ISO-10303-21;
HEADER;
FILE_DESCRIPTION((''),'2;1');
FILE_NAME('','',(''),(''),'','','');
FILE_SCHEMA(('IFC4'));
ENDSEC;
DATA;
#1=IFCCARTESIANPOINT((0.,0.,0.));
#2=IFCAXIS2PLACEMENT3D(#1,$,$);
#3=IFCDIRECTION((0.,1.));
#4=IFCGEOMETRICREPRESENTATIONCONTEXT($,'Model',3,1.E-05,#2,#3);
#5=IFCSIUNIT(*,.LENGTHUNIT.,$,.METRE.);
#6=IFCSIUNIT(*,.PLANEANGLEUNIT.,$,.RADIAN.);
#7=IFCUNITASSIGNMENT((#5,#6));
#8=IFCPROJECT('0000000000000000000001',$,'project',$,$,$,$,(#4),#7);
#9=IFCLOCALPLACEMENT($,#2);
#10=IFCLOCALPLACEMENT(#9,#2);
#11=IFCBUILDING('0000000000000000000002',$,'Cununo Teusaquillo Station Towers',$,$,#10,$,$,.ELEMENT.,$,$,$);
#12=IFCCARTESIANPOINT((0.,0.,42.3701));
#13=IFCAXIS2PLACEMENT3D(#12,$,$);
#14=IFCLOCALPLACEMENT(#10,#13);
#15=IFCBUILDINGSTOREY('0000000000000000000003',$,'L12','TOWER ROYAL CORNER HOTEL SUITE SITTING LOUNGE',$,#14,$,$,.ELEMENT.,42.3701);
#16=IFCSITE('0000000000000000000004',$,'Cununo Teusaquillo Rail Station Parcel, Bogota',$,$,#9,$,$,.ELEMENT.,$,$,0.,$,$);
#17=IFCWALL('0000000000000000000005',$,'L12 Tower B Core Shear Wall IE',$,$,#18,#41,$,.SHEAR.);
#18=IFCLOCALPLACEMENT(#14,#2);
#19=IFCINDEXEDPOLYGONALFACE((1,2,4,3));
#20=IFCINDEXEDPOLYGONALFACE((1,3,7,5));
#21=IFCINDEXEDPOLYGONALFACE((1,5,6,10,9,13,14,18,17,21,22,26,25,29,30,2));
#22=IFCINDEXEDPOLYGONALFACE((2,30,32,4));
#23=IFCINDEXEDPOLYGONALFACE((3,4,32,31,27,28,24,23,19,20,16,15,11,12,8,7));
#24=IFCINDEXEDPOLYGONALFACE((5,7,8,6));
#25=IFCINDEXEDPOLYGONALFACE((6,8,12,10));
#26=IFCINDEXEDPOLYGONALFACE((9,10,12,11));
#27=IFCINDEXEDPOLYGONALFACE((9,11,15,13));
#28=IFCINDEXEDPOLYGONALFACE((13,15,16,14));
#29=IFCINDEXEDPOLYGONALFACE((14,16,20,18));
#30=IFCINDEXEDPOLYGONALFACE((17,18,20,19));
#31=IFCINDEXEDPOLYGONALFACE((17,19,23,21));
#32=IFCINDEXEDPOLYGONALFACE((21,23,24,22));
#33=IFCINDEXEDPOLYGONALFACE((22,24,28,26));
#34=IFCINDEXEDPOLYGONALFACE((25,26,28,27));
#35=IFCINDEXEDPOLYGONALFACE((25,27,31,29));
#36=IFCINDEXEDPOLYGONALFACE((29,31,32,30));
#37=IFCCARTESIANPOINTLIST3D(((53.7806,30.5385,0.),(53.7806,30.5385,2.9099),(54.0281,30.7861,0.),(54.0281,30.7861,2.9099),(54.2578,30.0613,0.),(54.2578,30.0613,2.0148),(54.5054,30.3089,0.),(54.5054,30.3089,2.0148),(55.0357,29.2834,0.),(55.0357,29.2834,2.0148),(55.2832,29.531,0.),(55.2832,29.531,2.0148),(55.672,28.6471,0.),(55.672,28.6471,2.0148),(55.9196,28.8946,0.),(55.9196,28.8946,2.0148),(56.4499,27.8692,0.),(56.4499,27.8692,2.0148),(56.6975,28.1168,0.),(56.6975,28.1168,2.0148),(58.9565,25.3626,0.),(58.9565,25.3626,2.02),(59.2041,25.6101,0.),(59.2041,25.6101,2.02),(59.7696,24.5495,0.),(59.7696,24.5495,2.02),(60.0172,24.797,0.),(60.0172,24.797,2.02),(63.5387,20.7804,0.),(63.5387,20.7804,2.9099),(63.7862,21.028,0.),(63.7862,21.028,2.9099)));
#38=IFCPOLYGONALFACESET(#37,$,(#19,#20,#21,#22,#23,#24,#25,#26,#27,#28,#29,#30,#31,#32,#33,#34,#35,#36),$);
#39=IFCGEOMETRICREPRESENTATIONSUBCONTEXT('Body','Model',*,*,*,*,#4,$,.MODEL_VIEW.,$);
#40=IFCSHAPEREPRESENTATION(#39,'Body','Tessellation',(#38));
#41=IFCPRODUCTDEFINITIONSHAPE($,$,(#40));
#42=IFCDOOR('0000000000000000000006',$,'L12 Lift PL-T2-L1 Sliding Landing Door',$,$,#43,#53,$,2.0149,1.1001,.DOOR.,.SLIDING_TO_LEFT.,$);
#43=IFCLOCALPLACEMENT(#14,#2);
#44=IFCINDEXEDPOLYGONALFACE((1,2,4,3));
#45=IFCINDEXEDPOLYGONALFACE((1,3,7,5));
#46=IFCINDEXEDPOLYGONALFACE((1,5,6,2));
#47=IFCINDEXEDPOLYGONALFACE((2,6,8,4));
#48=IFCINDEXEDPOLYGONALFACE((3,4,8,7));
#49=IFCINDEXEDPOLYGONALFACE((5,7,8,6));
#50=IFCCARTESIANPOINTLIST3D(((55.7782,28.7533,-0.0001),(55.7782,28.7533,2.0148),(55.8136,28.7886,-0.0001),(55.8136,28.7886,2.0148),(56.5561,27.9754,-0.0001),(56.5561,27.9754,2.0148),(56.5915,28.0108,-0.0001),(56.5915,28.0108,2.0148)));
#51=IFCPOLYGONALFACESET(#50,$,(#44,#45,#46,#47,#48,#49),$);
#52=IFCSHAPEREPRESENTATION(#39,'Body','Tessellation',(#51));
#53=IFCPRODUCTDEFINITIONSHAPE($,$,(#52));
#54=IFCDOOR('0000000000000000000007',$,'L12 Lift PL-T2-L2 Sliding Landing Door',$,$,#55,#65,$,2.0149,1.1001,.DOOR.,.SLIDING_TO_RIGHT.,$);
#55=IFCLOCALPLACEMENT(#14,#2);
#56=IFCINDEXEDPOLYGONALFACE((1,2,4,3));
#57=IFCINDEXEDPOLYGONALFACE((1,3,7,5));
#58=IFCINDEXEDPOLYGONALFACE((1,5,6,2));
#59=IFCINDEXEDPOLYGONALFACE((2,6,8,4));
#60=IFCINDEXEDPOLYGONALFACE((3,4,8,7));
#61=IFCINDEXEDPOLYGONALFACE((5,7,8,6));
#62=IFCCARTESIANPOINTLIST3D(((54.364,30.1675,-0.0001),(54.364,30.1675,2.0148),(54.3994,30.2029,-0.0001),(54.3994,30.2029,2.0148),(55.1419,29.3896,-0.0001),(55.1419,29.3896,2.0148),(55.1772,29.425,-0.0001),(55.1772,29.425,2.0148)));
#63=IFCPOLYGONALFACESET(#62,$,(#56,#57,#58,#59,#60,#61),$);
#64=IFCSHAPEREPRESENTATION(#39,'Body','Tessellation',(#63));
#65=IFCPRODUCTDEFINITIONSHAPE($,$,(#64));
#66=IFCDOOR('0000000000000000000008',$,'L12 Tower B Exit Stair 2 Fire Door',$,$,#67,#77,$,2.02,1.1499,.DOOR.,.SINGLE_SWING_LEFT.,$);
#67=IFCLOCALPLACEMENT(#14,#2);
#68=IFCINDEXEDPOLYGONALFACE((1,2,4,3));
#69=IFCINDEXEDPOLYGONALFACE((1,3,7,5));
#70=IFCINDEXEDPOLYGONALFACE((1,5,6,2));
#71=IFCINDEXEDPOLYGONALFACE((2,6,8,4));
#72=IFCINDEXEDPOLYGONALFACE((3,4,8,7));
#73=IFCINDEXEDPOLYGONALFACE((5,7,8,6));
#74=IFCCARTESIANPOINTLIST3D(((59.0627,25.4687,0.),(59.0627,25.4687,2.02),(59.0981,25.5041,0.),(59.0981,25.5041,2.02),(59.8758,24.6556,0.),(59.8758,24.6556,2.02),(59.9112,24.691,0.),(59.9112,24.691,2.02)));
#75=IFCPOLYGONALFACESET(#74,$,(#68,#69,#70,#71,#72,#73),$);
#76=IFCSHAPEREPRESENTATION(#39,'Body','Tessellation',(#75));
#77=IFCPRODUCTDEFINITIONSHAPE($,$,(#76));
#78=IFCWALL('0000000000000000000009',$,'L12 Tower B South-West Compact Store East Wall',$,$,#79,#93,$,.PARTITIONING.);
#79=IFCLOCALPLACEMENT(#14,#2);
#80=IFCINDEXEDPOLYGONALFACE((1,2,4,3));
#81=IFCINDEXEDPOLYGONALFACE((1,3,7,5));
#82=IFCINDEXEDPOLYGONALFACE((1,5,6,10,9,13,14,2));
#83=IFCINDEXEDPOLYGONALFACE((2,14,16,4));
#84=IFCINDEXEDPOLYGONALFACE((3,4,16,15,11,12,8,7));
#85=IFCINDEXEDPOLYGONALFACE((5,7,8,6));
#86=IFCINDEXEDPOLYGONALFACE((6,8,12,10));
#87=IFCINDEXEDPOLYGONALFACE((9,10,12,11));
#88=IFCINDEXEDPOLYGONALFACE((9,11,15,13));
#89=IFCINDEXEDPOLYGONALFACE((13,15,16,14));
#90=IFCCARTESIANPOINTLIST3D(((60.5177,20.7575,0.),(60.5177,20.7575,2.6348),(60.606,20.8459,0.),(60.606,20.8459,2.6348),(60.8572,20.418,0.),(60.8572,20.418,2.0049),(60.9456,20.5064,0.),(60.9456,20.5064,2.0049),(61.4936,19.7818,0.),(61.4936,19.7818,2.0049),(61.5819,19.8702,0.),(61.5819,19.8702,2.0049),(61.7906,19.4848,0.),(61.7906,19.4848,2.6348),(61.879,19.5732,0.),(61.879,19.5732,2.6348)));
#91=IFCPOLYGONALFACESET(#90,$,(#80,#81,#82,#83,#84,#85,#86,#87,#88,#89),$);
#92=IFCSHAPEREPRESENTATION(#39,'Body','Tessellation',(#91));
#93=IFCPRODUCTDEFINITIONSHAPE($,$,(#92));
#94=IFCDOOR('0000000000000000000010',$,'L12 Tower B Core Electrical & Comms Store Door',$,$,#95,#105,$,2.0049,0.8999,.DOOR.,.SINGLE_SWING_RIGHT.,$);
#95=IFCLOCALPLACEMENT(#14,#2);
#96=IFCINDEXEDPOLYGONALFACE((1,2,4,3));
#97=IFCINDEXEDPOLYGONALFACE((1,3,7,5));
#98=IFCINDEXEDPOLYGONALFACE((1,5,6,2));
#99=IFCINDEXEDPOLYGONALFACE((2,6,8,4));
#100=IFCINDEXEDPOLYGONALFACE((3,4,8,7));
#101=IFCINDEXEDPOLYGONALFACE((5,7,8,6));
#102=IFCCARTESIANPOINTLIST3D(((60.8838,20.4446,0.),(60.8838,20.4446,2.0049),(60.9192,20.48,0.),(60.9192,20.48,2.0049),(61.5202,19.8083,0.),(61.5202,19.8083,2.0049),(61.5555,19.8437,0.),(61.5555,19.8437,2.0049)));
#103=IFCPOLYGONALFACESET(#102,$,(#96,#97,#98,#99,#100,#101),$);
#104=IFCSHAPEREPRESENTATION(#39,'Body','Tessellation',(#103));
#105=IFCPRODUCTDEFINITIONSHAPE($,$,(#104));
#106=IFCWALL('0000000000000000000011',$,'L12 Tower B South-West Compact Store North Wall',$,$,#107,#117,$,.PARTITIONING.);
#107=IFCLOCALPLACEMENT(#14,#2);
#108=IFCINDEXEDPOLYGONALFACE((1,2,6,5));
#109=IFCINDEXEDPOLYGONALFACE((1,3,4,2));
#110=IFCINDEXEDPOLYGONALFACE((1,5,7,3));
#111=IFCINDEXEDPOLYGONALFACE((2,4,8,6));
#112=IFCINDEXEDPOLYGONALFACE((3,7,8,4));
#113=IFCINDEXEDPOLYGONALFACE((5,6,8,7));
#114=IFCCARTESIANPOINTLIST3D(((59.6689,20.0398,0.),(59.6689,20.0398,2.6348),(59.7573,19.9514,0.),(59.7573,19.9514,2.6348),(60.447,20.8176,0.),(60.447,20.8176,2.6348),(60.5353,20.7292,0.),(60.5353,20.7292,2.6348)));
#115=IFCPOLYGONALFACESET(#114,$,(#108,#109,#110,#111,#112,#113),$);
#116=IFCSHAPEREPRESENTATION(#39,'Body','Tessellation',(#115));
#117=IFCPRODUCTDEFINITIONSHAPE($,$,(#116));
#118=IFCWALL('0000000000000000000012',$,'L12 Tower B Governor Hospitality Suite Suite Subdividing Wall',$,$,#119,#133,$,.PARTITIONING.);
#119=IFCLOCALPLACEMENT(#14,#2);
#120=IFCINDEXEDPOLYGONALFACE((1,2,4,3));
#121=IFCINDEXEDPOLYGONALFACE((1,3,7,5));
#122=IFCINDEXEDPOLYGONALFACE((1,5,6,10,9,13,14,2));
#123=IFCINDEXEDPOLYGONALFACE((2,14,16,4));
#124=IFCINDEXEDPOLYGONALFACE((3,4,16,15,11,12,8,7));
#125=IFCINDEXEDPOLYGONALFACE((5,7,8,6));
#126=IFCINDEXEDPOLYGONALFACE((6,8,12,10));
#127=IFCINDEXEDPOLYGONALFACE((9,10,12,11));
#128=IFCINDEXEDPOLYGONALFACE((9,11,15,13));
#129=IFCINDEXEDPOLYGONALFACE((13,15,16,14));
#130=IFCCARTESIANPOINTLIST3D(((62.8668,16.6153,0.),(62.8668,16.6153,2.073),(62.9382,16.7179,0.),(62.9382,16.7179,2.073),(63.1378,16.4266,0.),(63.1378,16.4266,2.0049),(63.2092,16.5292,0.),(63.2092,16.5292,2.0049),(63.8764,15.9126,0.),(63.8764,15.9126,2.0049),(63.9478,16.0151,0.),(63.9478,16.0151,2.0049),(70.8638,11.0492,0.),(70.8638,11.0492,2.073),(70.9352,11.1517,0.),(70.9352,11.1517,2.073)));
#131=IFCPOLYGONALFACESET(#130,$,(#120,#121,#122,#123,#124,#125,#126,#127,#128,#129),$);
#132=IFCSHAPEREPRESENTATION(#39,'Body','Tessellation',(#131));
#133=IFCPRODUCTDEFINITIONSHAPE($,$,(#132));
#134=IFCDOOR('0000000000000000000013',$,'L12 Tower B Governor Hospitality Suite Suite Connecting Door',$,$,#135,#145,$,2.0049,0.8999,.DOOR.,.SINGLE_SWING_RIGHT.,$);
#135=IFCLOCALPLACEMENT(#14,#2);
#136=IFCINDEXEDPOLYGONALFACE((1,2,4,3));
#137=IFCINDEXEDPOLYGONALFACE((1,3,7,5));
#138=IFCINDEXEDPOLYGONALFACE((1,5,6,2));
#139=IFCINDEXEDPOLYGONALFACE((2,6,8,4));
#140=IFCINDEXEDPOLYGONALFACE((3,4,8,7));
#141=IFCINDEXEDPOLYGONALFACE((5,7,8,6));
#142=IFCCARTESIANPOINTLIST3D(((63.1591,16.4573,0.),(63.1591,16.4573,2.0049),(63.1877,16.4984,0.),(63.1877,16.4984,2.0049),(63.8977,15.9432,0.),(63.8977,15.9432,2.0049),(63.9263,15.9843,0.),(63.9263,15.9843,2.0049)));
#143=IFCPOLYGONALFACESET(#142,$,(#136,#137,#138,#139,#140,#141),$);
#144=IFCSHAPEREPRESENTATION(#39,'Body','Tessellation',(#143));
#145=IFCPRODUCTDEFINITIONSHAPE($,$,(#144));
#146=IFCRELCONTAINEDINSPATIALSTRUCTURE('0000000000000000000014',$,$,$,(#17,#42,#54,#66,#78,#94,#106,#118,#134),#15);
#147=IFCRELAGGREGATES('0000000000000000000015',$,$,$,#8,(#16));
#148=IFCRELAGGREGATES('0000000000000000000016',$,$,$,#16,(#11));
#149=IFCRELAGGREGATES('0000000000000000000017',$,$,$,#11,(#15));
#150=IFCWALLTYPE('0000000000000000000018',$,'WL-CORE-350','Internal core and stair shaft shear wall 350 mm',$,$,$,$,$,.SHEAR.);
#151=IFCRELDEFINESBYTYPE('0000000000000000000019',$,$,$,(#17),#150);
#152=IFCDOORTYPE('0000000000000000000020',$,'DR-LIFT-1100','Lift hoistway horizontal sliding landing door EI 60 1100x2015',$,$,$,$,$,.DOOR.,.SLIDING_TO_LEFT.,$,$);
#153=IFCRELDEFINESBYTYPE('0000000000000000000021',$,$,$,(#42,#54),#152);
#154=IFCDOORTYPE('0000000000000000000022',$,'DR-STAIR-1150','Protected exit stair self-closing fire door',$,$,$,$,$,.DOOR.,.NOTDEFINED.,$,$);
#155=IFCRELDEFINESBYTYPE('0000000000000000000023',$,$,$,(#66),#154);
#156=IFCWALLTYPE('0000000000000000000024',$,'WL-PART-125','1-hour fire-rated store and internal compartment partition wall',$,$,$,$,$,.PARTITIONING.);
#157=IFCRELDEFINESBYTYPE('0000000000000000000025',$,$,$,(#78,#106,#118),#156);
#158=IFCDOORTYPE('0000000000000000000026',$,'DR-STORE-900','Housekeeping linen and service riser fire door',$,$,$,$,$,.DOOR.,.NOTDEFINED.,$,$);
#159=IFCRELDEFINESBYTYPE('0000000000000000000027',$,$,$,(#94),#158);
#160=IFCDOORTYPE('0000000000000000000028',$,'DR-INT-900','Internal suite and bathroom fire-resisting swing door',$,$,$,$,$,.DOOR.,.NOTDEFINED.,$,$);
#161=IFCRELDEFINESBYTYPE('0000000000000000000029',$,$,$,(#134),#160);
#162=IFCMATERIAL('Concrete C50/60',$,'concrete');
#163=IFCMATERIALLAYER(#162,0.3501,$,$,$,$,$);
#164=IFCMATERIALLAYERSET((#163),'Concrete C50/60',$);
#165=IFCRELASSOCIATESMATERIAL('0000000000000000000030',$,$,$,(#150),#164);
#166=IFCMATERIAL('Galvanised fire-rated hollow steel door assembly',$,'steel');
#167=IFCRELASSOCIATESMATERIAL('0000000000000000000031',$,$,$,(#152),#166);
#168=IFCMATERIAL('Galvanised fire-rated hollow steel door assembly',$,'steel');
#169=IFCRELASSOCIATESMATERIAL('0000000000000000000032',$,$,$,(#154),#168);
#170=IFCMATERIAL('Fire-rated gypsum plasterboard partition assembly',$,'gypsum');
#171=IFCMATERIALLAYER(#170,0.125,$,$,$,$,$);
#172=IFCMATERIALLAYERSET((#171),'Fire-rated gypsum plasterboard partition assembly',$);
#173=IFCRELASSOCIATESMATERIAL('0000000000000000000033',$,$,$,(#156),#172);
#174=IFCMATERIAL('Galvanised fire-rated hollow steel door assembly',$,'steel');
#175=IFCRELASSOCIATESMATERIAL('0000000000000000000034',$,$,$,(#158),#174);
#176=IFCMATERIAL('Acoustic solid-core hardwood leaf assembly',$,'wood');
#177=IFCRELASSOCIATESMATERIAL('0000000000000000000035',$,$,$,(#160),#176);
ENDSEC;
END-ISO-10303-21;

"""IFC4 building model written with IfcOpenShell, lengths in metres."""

from ifc_helpers import new_model, si_unit, direction, frame, frame_2d, origin, place, context, subcontext, project, spatial, rectangle, extrude, source, transform, mapped, material, layer, layer_set, type_object, element, fill, save


model = new_model("IFC4")

# Units and contexts
model_context = context("Model", 3, precision=1e-05, world=origin(), true_north=direction((0.0, 1.0)))
body_context = subcontext(model_context, "Body", "Model", "MODEL_VIEW")
ifc_project = project(units=[si_unit("LENGTHUNIT", "METRE"), si_unit("PLANEANGLEUNIT", "RADIAN")], contexts=[model_context])

# Site, building, storey
site_placement = place(None, origin())
site = spatial("IfcSite", under=ifc_project, at=site_placement, Name="Cununo Teusaquillo Rail Station Parcel, Bogota", CompositionType="ELEMENT", RefElevation=0.0)
building_placement = place(site_placement, origin())
building = spatial("IfcBuilding", under=site, at=building_placement, Name="Cununo Teusaquillo Station Towers", CompositionType="ELEMENT")
storey_placement = place(building_placement, frame((0.0, 0.0, 42.3701)))
storey = spatial("IfcBuildingStorey", under=building, at=storey_placement, Name="L12", Description="TOWER ROYAL CORNER HOTEL SUITE SITTING LOUNGE", CompositionType="ELEMENT", Elevation=42.3701)

# Wall, openings, doors
ifc_material_1 = material(Name="Concrete C50/60", Category="concrete")
ifc_layer_1 = layer(ifc_material_1, 0.3501)
ifc_layer_set_1 = layer_set([ifc_layer_1], Name="Concrete C50/60")
wall_type_1 = type_object("IfcWallType", Name="WL-CORE-350", Description="Internal core and stair shaft shear wall 350 mm", PredefinedType="SHEAR", material=ifc_layer_set_1)
shared_shape_1 = source(origin(), body_context, "Body", "SweptSolid", [
    extrude(rectangle(XDim=1.1001, YDim=2.0149, at=frame_2d((0.55, 1.0073))), frame((0.0, 0.1851, 0.0), z_axis=(0.0, -1.0, 0.0), x_axis=(1.0, 0.0, 0.0)), (0.0, 0.0, 1.0), 0.3701),
])
shared_shape_2 = source(origin(), body_context, "Body", "SweptSolid", [
    extrude(rectangle(XDim=1.1499, YDim=2.02, at=frame_2d((0.575, 1.01))), frame((0.0, 0.1851, 0.0), z_axis=(0.0, -1.0, 0.0), x_axis=(1.0, 0.0, 0.0)), (0.0, 0.0, 1.0), 0.3701),
])
ifc_material_2 = material(Name="Galvanised fire-rated hollow steel door assembly", Category="steel")
door_type_1 = type_object("IfcDoorType", Name="DR-LIFT-1100", Description="Lift hoistway horizontal sliding landing door EI 60 1100x2015", OperationType="SLIDING_TO_LEFT", PredefinedType="DOOR", material=ifc_material_2)
shared_shape_3 = source(origin(), body_context, "Body", "SweptSolid", [
    extrude(rectangle(XDim=1.1001, YDim=2.0149, at=frame_2d((0.55, 1.0073))), frame((0.0, 0.0249, 0.0), z_axis=(0.0, -1.0, 0.0), x_axis=(1.0, 0.0, 0.0)), (0.0, 0.0, 1.0), 0.05),
])
ifc_material_3 = material(Name="Galvanised fire-rated hollow steel door assembly", Category="steel")
door_type_2 = type_object("IfcDoorType", Name="DR-STAIR-1150", Description="Protected exit stair self-closing fire door", OperationType="NOTDEFINED", PredefinedType="DOOR", material=ifc_material_3)
shared_shape_4 = source(origin(), body_context, "Body", "SweptSolid", [
    extrude(rectangle(XDim=1.1499, YDim=2.02, at=frame_2d((0.575, 1.01))), frame((0.0, 0.0249, 0.0), z_axis=(0.0, -1.0, 0.0), x_axis=(1.0, 0.0, 0.0)), (0.0, 0.0, 1.0), 0.05),
])
wall_1_placement = place(storey_placement, frame((63.6624, 20.9043, 0.0), z_axis=(0.0, 0.0, 1.0), x_axis=(-0.707107, 0.707107, 0.0)))
wall_1 = element("IfcWall", 1, at=wall_1_placement, inside=storey, type_object=wall_type_1, Name="L12 Tower B Core Shear Wall IE", PredefinedType="SHEAR", context=body_context, shape_type="SweptSolid", body=[
    extrude(rectangle(XDim=13.8, YDim=0.3501, at=frame_2d((6.8999, 0.0))), origin(), (0.0, 0.0, 1.0), 2.9099),
])
opening_1_placement = place(wall_1_placement, frame((10.0249, 0.0, 0.0)))
opening_1 = element("IfcOpeningElement", 2, at=opening_1_placement, cuts=wall_1, PredefinedType="OPENING", context=body_context, shape_type="MappedRepresentation", body=[
    mapped(shared_shape_1, transform((0.0, 0.0, 0.0), x_axis=(1.0, 0.0, 0.0), y_axis=(0.0, 1.0, 0.0), z_axis=(0.0, 0.0, 1.0), scale=1.0)),
])
opening_2_placement = place(wall_1_placement, frame((12.0249, 0.0, 0.0)))
opening_2 = element("IfcOpeningElement", 3, at=opening_2_placement, cuts=wall_1, PredefinedType="OPENING", context=body_context, shape_type="MappedRepresentation", body=[
    mapped(shared_shape_1, transform((0.0, 0.0, 0.0), x_axis=(1.0, 0.0, 0.0), y_axis=(0.0, 1.0, 0.0), z_axis=(0.0, 0.0, 1.0), scale=1.0)),
])
opening_3_placement = place(wall_1_placement, frame((5.3301, 0.0, 0.0)))
opening_3 = element("IfcOpeningElement", 4, at=opening_3_placement, cuts=wall_1, PredefinedType="OPENING", context=body_context, shape_type="MappedRepresentation", body=[
    mapped(shared_shape_2, transform((0.0, 0.0, 0.0), x_axis=(1.0, 0.0, 0.0), y_axis=(0.0, 1.0, 0.0), z_axis=(0.0, 0.0, 1.0), scale=1.0)),
])
door_1_placement = place(opening_1_placement, origin())
door_1 = element("IfcDoor", 5, at=door_1_placement, inside=storey, type_object=door_type_1, Name="L12 Lift PL-T2-L1 Sliding Landing Door", OperationType="SLIDING_TO_LEFT", OverallHeight=2.0149, OverallWidth=1.1001, PredefinedType="DOOR", context=body_context, shape_type="MappedRepresentation", body=[
    mapped(shared_shape_3, transform((0.0, 0.0, 0.0), x_axis=(1.0, 0.0, 0.0), y_axis=(0.0, 1.0, 0.0), z_axis=(0.0, 0.0, 1.0), scale=1.0)),
])
fill(opening_1, door_1)
door_2_placement = place(opening_2_placement, origin())
door_2 = element("IfcDoor", 6, at=door_2_placement, inside=storey, type_object=door_type_1, Name="L12 Lift PL-T2-L2 Sliding Landing Door", OperationType="SLIDING_TO_RIGHT", OverallHeight=2.0149, OverallWidth=1.1001, PredefinedType="DOOR", context=body_context, shape_type="MappedRepresentation", body=[
    mapped(shared_shape_3, transform((0.0, 0.0, 0.0), x_axis=(1.0, 0.0, 0.0), y_axis=(0.0, 1.0, 0.0), z_axis=(0.0, 0.0, 1.0), scale=1.0)),
])
fill(opening_2, door_2)
door_3_placement = place(opening_3_placement, origin())
door_3 = element("IfcDoor", 7, at=door_3_placement, inside=storey, type_object=door_type_2, Name="L12 Tower B Exit Stair 2 Fire Door", OperationType="SINGLE_SWING_LEFT", OverallHeight=2.02, OverallWidth=1.1499, PredefinedType="DOOR", context=body_context, shape_type="MappedRepresentation", body=[
    mapped(shared_shape_4, transform((0.0, 0.0, 0.0), x_axis=(1.0, 0.0, 0.0), y_axis=(0.0, 1.0, 0.0), z_axis=(0.0, 0.0, 1.0), scale=1.0)),
])
fill(opening_3, door_3)

# Wall, opening, door
ifc_material_4 = material(Name="Fire-rated gypsum plasterboard partition assembly", Category="gypsum")
ifc_layer_2 = layer(ifc_material_4, 0.125)
ifc_layer_set_2 = layer_set([ifc_layer_2], Name="Fire-rated gypsum plasterboard partition assembly")
wall_type_2 = type_object("IfcWallType", Name="WL-PART-125", Description="1-hour fire-rated store and internal compartment partition wall", PredefinedType="PARTITIONING", material=ifc_layer_set_2)
wall_2_placement = place(storey_placement, frame((61.8347, 19.5291, 0.0), z_axis=(0.0, 0.0, 1.0), x_axis=(-0.707175, 0.707039, 0.0)))
wall_2 = element("IfcWall", 8, at=wall_2_placement, inside=storey, type_object=wall_type_2, Name="L12 Tower B South-West Compact Store East Wall", PredefinedType="PARTITIONING", context=body_context, shape_type="SweptSolid", body=[
    extrude(rectangle(XDim=1.8, YDim=0.125, at=frame_2d((0.8999, 0.0))), origin(), (0.0, 0.0, 1.0), 2.6348),
])
shared_shape_5 = source(origin(), body_context, "Body", "SweptSolid", [
    extrude(rectangle(XDim=0.8999, YDim=2.0049, at=frame_2d((0.45, 1.0024))), frame((0.0, 0.0725, 0.0), z_axis=(0.0, -1.0, 0.0), x_axis=(1.0, 0.0, 0.0)), (0.0, 0.0, 1.0), 0.145),
])
opening_4_placement = place(wall_2_placement, frame((0.4199, 0.0, 0.0)))
opening_4 = element("IfcOpeningElement", 9, at=opening_4_placement, cuts=wall_2, PredefinedType="OPENING", context=body_context, shape_type="MappedRepresentation", body=[
    mapped(shared_shape_5, transform((0.0, 0.0, 0.0), x_axis=(1.0, 0.0, 0.0), y_axis=(0.0, 1.0, 0.0), z_axis=(0.0, 0.0, 1.0), scale=1.0)),
])
ifc_material_5 = material(Name="Galvanised fire-rated hollow steel door assembly", Category="steel")
door_type_3 = type_object("IfcDoorType", Name="DR-STORE-900", Description="Housekeeping linen and service riser fire door", OperationType="NOTDEFINED", PredefinedType="DOOR", material=ifc_material_5)
shared_shape_6 = source(origin(), body_context, "Body", "SweptSolid", [
    extrude(rectangle(XDim=0.8999, YDim=2.0049, at=frame_2d((0.45, 1.0024))), frame((0.0, 0.0249, 0.0), z_axis=(0.0, -1.0, 0.0), x_axis=(1.0, 0.0, 0.0)), (0.0, 0.0, 1.0), 0.05),
])
door_4_placement = place(opening_4_placement, origin())
door_4 = element("IfcDoor", 10, at=door_4_placement, inside=storey, type_object=door_type_3, Name="L12 Tower B Core Electrical & Comms Store Door", OperationType="SINGLE_SWING_RIGHT", OverallHeight=2.0049, OverallWidth=0.8999, PredefinedType="DOOR", context=body_context, shape_type="MappedRepresentation", body=[
    mapped(shared_shape_6, transform((0.0, 0.0, 0.0), x_axis=(1.0, 0.0, 0.0), y_axis=(0.0, 1.0, 0.0), z_axis=(0.0, 0.0, 1.0), scale=1.0)),
])
fill(opening_4, door_4)

# Wall
wall_3_placement = place(storey_placement, frame((59.7131, 19.9956, 0.0), z_axis=(0.0, 0.0, 1.0), x_axis=(0.707218, 0.706996, 0.0)))
element("IfcWall", 11, at=wall_3_placement, inside=storey, type_object=wall_type_2, Name="L12 Tower B South-West Compact Store North Wall", PredefinedType="PARTITIONING", context=body_context, shape_type="SweptSolid", body=[
    extrude(rectangle(XDim=1.1001, YDim=0.125, at=frame_2d((0.55, 0.0))), origin(), (0.0, 0.0, 1.0), 2.6348),
])

# Wall, opening, door
wall_4_placement = place(storey_placement, frame((62.9026, 16.6665, 0.0), z_axis=(0.0, 0.0, 1.0), x_axis=(0.820762, -0.571271, 0.0)))
wall_4 = element("IfcWall", 12, at=wall_4_placement, inside=storey, type_object=wall_type_2, Name="L12 Tower B Governor Hospitality Suite Suite Subdividing Wall", PredefinedType="PARTITIONING", context=body_context, shape_type="SweptSolid", body=[
    extrude(rectangle(XDim=9.7434, YDim=0.125, at=frame_2d((4.8716, 0.0))), origin(), (0.0, 0.0, 1.0), 2.073),
])
opening_5_placement = place(wall_4_placement, frame((0.3301, 0.0, 0.0)))
opening_5 = element("IfcOpeningElement", 13, at=opening_5_placement, cuts=wall_4, PredefinedType="OPENING", context=body_context, shape_type="MappedRepresentation", body=[
    mapped(shared_shape_5, transform((0.0, 0.0, 0.0), x_axis=(1.0, 0.0, 0.0), y_axis=(0.0, 1.0, 0.0), z_axis=(0.0, 0.0, 1.0), scale=1.0)),
])
ifc_material_6 = material(Name="Acoustic solid-core hardwood leaf assembly", Category="wood")
door_type_4 = type_object("IfcDoorType", Name="DR-INT-900", Description="Internal suite and bathroom fire-resisting swing door", OperationType="NOTDEFINED", PredefinedType="DOOR", material=ifc_material_6)
door_5_placement = place(opening_5_placement, origin())
door_5 = element("IfcDoor", 14, at=door_5_placement, inside=storey, type_object=door_type_4, Name="L12 Tower B Governor Hospitality Suite Suite Connecting Door", OperationType="SINGLE_SWING_RIGHT", OverallHeight=2.0049, OverallWidth=0.8999, PredefinedType="DOOR", context=body_context, shape_type="MappedRepresentation", body=[
    mapped(shared_shape_6, transform((0.0, 0.0, 0.0), x_axis=(1.0, 0.0, 0.0), y_axis=(0.0, 1.0, 0.0), z_axis=(0.0, 0.0, 1.0), scale=1.0)),
])
fill(opening_5, door_5)

save(model, "model.ifc")
